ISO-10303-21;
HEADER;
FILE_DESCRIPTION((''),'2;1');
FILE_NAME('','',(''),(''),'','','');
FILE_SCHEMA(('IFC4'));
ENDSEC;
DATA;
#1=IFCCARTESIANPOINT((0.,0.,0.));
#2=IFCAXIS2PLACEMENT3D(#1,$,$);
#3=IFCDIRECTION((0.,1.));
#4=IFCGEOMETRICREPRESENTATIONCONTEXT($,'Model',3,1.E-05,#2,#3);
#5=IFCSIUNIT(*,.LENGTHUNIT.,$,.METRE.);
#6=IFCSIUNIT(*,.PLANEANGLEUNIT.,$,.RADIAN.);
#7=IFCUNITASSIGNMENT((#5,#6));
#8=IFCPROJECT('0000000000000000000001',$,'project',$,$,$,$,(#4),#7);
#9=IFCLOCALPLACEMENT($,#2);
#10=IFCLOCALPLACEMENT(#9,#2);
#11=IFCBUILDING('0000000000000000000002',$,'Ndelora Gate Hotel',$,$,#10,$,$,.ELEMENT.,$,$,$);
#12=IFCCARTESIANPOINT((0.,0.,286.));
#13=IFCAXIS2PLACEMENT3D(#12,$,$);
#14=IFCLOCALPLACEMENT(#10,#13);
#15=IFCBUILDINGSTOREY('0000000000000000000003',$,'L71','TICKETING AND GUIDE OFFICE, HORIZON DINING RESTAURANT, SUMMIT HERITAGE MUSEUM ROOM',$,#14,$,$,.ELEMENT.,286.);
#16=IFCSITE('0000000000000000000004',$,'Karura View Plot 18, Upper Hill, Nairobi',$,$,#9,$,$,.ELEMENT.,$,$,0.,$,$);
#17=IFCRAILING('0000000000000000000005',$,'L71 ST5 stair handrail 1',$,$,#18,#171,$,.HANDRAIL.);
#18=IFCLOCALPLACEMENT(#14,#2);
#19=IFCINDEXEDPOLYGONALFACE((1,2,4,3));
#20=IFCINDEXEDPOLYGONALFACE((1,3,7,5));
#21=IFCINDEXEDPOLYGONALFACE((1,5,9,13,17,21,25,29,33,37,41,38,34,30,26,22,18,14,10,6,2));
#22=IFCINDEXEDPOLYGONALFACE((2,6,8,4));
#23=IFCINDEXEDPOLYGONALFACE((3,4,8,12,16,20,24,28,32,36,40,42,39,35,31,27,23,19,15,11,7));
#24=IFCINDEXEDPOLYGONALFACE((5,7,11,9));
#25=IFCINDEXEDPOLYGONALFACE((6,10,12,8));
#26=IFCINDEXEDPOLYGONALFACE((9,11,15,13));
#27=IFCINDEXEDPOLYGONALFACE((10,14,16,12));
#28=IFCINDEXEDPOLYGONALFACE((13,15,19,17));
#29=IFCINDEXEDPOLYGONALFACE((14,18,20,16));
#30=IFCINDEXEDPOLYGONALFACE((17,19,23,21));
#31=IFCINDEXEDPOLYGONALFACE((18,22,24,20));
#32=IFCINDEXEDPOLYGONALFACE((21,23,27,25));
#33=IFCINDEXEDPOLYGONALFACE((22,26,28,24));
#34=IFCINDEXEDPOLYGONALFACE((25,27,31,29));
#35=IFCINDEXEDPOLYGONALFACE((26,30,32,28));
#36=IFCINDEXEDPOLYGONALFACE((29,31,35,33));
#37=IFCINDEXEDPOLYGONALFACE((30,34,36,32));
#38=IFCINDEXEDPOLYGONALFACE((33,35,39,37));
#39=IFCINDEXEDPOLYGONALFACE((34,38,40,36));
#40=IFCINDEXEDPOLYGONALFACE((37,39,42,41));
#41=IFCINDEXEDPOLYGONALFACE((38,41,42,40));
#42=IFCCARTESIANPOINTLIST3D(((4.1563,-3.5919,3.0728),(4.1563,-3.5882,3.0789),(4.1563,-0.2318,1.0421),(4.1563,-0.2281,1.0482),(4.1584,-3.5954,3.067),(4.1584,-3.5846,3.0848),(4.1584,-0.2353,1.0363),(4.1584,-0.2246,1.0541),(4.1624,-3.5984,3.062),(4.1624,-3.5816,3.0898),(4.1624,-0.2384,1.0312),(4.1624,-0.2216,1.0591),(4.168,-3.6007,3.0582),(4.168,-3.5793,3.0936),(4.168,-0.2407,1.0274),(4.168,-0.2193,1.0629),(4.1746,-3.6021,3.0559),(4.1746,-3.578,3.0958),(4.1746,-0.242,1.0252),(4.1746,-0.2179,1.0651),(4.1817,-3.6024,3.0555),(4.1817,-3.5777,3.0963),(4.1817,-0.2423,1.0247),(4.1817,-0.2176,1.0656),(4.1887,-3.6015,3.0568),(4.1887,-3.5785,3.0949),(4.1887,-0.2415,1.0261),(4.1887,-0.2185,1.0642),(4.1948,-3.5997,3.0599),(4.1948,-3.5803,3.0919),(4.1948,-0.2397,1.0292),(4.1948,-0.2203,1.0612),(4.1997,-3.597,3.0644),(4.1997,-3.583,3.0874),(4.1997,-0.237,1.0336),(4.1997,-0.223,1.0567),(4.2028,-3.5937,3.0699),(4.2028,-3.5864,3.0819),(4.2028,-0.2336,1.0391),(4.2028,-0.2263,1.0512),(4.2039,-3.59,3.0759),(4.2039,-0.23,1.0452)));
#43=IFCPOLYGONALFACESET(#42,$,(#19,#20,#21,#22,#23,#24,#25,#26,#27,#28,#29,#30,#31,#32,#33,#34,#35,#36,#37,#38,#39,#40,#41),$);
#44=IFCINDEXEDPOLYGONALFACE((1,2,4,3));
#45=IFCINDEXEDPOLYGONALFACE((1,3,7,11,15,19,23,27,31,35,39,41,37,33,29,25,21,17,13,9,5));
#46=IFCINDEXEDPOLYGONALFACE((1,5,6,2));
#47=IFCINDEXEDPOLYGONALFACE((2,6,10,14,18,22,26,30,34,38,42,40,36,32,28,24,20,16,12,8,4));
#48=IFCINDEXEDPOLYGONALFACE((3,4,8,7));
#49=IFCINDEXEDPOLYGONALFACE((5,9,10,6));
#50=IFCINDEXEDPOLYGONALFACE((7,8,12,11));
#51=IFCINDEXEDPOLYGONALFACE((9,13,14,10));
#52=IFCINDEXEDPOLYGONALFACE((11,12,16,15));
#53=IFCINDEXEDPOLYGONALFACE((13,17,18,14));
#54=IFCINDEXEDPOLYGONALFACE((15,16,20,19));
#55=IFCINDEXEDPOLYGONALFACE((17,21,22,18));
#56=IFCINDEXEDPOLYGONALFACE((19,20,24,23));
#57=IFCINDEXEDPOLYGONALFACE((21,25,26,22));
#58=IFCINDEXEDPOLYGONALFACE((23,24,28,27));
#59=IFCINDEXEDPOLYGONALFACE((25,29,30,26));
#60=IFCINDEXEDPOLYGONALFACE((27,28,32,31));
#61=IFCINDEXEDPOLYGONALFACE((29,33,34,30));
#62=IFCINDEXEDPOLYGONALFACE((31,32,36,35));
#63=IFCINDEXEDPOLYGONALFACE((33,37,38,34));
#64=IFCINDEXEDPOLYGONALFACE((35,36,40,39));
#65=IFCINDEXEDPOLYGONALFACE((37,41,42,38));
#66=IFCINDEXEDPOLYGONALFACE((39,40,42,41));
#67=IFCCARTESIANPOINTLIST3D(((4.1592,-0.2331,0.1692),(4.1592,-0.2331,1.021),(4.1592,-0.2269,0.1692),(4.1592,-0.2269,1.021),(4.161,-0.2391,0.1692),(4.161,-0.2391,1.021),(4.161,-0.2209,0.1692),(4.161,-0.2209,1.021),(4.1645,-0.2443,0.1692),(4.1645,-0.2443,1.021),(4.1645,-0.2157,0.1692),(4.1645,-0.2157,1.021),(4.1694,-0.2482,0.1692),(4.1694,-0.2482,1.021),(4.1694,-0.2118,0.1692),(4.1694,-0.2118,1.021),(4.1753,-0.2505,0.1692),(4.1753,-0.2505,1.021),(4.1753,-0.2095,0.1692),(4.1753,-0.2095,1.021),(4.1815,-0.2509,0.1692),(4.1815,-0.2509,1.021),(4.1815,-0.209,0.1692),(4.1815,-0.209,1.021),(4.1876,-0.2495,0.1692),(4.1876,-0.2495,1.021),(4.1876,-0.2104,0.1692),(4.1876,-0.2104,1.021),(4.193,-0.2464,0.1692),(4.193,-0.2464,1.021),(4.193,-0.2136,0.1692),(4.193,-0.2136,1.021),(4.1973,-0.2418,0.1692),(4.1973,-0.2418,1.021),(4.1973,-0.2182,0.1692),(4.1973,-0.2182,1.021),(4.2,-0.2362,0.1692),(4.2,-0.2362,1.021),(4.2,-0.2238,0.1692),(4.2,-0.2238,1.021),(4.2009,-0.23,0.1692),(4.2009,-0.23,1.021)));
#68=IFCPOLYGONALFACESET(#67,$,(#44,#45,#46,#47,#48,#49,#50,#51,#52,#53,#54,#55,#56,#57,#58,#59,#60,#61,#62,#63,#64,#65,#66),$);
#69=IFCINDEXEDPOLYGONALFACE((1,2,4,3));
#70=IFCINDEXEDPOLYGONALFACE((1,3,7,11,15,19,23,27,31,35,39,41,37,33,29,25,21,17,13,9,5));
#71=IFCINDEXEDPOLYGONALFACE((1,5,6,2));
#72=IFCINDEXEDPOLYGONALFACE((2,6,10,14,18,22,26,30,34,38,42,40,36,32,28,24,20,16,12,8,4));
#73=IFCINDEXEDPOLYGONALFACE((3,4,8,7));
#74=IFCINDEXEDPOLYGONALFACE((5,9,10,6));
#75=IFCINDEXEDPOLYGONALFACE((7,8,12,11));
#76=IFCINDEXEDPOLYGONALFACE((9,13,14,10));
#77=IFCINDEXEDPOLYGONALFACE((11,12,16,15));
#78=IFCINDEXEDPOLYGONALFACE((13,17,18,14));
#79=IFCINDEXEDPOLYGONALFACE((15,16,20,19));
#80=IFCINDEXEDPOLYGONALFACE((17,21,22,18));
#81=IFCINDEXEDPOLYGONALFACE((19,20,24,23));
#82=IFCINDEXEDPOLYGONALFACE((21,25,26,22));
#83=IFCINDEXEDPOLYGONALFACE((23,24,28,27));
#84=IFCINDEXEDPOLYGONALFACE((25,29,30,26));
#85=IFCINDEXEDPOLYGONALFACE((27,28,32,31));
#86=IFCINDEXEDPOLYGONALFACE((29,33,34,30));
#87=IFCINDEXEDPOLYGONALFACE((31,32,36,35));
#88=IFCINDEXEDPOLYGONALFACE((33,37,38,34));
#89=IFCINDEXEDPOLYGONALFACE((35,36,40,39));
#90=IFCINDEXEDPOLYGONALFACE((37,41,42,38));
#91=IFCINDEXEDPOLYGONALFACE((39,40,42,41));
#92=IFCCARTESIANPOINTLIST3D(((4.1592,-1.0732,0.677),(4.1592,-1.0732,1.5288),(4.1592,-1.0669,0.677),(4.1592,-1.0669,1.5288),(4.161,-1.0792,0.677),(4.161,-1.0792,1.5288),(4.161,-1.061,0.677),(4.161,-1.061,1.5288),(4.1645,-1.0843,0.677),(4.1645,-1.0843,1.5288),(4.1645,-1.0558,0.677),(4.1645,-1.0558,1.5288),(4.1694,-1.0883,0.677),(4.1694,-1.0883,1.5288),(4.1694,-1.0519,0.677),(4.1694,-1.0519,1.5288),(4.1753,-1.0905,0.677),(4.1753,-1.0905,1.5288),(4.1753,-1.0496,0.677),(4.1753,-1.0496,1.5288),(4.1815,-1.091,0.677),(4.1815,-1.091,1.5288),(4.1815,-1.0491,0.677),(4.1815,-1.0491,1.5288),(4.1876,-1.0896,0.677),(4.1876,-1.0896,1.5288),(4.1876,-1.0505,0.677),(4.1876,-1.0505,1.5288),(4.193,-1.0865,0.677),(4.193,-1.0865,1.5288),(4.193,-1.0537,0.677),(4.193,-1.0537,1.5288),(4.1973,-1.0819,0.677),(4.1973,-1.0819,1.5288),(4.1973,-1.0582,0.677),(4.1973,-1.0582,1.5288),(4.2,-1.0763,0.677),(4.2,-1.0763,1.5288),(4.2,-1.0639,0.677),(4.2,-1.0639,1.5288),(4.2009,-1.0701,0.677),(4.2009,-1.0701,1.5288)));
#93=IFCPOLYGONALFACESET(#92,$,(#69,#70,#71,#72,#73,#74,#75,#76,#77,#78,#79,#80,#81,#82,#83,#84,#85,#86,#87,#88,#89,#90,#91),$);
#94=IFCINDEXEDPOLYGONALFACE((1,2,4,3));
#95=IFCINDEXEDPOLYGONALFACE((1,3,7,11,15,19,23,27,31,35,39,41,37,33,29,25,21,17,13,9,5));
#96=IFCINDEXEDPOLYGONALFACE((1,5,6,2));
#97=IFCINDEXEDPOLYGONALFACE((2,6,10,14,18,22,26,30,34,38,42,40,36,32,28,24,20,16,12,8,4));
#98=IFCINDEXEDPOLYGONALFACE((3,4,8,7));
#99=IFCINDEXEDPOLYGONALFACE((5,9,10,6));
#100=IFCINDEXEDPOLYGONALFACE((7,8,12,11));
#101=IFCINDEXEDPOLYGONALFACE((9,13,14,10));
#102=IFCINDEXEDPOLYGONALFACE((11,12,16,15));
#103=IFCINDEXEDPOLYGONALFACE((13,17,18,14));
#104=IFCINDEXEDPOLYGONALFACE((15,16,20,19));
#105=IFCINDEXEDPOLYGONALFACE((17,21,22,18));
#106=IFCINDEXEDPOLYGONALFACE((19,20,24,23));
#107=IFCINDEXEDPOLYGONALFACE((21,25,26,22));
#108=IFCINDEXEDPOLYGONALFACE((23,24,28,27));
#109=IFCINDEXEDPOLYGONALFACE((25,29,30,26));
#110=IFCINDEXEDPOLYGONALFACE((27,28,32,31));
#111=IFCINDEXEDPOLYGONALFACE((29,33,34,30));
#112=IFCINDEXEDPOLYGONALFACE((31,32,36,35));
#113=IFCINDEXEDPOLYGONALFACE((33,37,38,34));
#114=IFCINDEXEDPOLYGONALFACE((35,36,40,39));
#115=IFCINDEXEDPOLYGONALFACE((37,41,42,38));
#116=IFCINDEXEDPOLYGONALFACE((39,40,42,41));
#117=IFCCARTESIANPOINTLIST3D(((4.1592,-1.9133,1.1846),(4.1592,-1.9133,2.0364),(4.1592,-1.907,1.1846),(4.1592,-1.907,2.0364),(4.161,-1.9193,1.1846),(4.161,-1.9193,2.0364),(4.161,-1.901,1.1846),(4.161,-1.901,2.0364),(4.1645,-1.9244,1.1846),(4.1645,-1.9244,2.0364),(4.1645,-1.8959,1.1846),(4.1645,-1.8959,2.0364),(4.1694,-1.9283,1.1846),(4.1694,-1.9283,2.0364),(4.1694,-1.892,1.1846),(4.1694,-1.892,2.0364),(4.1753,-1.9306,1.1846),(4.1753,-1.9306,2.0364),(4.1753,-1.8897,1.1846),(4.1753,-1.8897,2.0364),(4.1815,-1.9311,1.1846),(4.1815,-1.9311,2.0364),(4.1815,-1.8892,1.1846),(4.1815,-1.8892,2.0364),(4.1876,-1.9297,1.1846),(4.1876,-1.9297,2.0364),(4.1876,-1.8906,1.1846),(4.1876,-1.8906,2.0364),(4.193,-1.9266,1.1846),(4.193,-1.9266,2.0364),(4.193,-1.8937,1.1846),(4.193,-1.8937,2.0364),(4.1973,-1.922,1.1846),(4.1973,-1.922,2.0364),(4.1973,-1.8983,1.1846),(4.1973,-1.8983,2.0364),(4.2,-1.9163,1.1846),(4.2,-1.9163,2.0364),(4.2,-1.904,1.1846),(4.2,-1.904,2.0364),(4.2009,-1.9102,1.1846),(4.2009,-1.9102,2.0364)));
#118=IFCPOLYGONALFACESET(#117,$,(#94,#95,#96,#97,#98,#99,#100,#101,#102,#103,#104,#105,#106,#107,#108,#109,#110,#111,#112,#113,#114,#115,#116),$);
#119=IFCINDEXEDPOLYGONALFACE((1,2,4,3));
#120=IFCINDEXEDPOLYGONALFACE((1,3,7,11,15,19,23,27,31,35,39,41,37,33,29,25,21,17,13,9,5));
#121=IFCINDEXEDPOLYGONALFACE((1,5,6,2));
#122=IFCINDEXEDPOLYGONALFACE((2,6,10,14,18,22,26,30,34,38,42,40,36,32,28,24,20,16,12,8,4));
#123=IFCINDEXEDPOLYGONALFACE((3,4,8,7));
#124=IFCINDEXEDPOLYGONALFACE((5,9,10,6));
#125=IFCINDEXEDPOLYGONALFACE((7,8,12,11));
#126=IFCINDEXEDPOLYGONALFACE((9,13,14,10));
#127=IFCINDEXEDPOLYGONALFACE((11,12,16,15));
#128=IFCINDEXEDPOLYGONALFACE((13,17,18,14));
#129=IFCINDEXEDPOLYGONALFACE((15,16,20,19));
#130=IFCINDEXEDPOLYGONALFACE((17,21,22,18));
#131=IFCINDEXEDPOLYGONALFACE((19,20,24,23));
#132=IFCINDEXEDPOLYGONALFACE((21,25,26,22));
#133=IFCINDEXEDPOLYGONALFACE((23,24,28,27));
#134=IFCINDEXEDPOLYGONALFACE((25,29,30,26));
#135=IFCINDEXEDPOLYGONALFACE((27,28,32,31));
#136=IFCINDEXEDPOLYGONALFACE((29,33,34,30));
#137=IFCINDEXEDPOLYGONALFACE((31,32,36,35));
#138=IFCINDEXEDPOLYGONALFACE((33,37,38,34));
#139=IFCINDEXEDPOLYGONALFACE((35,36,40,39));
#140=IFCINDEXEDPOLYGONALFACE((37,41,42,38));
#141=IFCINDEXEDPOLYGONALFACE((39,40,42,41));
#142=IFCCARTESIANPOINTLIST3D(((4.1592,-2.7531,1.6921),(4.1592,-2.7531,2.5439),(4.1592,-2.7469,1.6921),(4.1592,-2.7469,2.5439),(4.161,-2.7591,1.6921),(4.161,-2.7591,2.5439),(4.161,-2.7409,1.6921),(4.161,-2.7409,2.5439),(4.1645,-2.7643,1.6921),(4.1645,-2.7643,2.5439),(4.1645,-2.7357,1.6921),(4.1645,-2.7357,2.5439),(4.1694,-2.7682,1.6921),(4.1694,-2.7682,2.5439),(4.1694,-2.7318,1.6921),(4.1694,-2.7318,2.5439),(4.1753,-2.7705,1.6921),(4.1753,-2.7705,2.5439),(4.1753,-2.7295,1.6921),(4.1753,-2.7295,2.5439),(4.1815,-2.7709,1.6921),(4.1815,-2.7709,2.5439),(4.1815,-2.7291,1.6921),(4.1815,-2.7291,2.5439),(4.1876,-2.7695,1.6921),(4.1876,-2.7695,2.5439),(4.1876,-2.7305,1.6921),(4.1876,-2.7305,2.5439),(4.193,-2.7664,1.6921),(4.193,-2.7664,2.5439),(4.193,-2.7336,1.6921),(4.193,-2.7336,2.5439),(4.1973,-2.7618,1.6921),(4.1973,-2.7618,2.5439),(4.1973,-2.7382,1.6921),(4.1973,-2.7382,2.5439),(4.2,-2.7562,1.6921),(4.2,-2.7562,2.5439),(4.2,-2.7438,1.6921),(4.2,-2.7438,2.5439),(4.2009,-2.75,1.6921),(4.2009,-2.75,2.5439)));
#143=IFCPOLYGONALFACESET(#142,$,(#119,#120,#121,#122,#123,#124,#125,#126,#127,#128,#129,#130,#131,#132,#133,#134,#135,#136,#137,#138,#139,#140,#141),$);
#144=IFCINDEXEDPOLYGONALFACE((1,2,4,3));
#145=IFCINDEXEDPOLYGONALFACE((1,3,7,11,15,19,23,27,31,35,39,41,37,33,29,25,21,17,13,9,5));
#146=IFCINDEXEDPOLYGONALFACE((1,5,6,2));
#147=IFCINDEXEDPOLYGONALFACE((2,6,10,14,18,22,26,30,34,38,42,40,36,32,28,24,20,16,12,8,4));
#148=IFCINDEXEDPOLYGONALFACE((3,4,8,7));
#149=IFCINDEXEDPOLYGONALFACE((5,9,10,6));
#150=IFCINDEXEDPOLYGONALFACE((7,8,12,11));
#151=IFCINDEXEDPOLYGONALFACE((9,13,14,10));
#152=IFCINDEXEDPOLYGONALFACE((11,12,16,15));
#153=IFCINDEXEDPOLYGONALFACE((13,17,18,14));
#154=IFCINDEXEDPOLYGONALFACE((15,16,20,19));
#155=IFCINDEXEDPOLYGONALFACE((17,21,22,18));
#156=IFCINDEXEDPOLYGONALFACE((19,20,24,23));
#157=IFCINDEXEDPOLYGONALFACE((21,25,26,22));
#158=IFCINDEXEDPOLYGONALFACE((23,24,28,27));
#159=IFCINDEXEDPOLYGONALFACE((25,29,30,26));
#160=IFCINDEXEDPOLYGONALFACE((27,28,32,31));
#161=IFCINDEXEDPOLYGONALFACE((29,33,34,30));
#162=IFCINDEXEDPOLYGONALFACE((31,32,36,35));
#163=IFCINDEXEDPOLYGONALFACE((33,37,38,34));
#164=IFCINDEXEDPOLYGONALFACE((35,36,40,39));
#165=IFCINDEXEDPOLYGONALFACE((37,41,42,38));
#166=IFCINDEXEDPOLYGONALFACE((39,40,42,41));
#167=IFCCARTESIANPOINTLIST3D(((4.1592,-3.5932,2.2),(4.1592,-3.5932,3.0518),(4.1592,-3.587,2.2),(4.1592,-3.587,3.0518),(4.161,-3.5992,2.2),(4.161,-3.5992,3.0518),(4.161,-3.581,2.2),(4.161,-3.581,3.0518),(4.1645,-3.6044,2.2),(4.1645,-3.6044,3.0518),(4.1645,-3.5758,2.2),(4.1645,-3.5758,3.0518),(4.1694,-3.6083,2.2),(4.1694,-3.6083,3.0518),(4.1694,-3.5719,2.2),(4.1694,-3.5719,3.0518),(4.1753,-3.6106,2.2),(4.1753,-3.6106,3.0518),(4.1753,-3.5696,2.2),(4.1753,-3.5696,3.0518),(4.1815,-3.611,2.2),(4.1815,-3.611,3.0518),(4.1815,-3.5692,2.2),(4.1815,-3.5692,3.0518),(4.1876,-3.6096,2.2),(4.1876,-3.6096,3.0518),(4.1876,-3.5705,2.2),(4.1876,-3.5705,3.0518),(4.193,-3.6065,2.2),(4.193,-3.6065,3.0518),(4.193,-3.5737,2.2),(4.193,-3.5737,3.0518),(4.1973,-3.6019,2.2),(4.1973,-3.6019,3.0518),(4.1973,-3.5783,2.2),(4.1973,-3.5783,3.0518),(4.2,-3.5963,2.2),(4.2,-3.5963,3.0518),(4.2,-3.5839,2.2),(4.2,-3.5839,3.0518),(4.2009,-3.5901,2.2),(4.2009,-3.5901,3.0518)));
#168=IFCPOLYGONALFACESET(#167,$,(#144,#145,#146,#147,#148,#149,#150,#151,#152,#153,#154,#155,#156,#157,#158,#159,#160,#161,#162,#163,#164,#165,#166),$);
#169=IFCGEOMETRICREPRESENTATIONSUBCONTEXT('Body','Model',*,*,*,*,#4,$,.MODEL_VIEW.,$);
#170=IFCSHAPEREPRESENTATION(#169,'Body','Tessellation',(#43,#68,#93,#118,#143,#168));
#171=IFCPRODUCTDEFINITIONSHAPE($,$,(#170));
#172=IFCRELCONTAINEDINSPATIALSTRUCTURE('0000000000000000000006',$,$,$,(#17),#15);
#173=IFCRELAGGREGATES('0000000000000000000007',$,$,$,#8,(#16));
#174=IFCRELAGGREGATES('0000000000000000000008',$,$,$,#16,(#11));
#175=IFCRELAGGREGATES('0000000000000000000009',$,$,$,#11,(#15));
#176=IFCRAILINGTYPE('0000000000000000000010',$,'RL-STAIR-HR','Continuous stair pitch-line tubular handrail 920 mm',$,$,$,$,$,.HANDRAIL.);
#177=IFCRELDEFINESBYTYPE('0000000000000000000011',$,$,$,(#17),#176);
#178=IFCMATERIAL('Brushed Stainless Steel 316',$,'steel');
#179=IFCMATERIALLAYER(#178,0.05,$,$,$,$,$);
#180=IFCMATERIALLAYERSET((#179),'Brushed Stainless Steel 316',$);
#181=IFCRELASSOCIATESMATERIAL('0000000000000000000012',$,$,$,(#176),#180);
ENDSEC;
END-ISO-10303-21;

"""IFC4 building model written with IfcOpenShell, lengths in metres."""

from ifc_helpers import new_model, si_unit, direction, frame, origin, origin_2d, place, context, subcontext, project, spatial, circle, extrude, material, layer, layer_set, type_object, element, save


model = new_model("IFC4")

# Units and contexts
model_context = context("Model", 3, precision=1e-05, world=origin(), true_north=direction((0.0, 1.0)))
body_context = subcontext(model_context, "Body", "Model", "MODEL_VIEW")
ifc_project = project(units=[si_unit("LENGTHUNIT", "METRE"), si_unit("PLANEANGLEUNIT", "RADIAN")], contexts=[model_context])

# Site, building, storey
site_placement = place(None, origin())
site = spatial("IfcSite", under=ifc_project, at=site_placement, Name="Karura View Plot 18, Upper Hill, Nairobi", CompositionType="ELEMENT", RefElevation=0.0)
building_placement = place(site_placement, origin())
building = spatial("IfcBuilding", under=site, at=building_placement, Name="Ndelora Gate Hotel", CompositionType="ELEMENT")
storey_placement = place(building_placement, frame((0.0, 0.0, 286.0)))
storey = spatial("IfcBuildingStorey", under=building, at=storey_placement, Name="L71", Description="TICKETING AND GUIDE OFFICE, HORIZON DINING RESTAURANT, SUMMIT HERITAGE MUSEUM ROOM", CompositionType="ELEMENT", Elevation=286.0)

# Railing
ifc_material_1 = material(Name="Brushed Stainless Steel 316", Category="steel")
ifc_layer_1 = layer(ifc_material_1, 0.05)
ifc_layer_set_1 = layer_set([ifc_layer_1], Name="Brushed Stainless Steel 316")
railing_type_1 = type_object("IfcRailingType", Name="RL-STAIR-HR", Description="Continuous stair pitch-line tubular handrail 920 mm", PredefinedType="HANDRAIL", material=ifc_layer_set_1)
railing_1_placement = place(storey_placement, frame((4.1799, -0.23, 0.1692)))
element("IfcRailing", 1, at=railing_1_placement, inside=storey, type_object=railing_type_1, Name="L71 ST5 stair handrail 1", PredefinedType="HANDRAIL", context=body_context, shape_type="SweptSolid", body=[
    extrude(circle(Radius=0.0239, at=origin_2d()), frame((0.0, 0.0, 0.876), z_axis=(0.0, -0.855837, 0.517246), x_axis=(1.0, 0.0, 0.0)), (0.0, 0.0, 1.0), 3.926),
    extrude(circle(Radius=0.021, at=origin_2d()), origin(), (0.0, 0.0, 1.0), 0.8518),
    extrude(circle(Radius=0.021, at=origin_2d()), frame((0.0, -0.8401, 0.5078)), (0.0, 0.0, 1.0), 0.8518),
    extrude(circle(Radius=0.021, at=origin_2d()), frame((0.0, -1.6802, 1.0154)), (0.0, 0.0, 1.0), 0.8518),
    extrude(circle(Radius=0.021, at=origin_2d()), frame((0.0, -2.52, 1.5229)), (0.0, 0.0, 1.0), 0.8518),
    extrude(circle(Radius=0.021, at=origin_2d()), frame((0.0, -3.3601, 2.0308)), (0.0, 0.0, 1.0), 0.8518),
])

save(model, "model.ifc")
